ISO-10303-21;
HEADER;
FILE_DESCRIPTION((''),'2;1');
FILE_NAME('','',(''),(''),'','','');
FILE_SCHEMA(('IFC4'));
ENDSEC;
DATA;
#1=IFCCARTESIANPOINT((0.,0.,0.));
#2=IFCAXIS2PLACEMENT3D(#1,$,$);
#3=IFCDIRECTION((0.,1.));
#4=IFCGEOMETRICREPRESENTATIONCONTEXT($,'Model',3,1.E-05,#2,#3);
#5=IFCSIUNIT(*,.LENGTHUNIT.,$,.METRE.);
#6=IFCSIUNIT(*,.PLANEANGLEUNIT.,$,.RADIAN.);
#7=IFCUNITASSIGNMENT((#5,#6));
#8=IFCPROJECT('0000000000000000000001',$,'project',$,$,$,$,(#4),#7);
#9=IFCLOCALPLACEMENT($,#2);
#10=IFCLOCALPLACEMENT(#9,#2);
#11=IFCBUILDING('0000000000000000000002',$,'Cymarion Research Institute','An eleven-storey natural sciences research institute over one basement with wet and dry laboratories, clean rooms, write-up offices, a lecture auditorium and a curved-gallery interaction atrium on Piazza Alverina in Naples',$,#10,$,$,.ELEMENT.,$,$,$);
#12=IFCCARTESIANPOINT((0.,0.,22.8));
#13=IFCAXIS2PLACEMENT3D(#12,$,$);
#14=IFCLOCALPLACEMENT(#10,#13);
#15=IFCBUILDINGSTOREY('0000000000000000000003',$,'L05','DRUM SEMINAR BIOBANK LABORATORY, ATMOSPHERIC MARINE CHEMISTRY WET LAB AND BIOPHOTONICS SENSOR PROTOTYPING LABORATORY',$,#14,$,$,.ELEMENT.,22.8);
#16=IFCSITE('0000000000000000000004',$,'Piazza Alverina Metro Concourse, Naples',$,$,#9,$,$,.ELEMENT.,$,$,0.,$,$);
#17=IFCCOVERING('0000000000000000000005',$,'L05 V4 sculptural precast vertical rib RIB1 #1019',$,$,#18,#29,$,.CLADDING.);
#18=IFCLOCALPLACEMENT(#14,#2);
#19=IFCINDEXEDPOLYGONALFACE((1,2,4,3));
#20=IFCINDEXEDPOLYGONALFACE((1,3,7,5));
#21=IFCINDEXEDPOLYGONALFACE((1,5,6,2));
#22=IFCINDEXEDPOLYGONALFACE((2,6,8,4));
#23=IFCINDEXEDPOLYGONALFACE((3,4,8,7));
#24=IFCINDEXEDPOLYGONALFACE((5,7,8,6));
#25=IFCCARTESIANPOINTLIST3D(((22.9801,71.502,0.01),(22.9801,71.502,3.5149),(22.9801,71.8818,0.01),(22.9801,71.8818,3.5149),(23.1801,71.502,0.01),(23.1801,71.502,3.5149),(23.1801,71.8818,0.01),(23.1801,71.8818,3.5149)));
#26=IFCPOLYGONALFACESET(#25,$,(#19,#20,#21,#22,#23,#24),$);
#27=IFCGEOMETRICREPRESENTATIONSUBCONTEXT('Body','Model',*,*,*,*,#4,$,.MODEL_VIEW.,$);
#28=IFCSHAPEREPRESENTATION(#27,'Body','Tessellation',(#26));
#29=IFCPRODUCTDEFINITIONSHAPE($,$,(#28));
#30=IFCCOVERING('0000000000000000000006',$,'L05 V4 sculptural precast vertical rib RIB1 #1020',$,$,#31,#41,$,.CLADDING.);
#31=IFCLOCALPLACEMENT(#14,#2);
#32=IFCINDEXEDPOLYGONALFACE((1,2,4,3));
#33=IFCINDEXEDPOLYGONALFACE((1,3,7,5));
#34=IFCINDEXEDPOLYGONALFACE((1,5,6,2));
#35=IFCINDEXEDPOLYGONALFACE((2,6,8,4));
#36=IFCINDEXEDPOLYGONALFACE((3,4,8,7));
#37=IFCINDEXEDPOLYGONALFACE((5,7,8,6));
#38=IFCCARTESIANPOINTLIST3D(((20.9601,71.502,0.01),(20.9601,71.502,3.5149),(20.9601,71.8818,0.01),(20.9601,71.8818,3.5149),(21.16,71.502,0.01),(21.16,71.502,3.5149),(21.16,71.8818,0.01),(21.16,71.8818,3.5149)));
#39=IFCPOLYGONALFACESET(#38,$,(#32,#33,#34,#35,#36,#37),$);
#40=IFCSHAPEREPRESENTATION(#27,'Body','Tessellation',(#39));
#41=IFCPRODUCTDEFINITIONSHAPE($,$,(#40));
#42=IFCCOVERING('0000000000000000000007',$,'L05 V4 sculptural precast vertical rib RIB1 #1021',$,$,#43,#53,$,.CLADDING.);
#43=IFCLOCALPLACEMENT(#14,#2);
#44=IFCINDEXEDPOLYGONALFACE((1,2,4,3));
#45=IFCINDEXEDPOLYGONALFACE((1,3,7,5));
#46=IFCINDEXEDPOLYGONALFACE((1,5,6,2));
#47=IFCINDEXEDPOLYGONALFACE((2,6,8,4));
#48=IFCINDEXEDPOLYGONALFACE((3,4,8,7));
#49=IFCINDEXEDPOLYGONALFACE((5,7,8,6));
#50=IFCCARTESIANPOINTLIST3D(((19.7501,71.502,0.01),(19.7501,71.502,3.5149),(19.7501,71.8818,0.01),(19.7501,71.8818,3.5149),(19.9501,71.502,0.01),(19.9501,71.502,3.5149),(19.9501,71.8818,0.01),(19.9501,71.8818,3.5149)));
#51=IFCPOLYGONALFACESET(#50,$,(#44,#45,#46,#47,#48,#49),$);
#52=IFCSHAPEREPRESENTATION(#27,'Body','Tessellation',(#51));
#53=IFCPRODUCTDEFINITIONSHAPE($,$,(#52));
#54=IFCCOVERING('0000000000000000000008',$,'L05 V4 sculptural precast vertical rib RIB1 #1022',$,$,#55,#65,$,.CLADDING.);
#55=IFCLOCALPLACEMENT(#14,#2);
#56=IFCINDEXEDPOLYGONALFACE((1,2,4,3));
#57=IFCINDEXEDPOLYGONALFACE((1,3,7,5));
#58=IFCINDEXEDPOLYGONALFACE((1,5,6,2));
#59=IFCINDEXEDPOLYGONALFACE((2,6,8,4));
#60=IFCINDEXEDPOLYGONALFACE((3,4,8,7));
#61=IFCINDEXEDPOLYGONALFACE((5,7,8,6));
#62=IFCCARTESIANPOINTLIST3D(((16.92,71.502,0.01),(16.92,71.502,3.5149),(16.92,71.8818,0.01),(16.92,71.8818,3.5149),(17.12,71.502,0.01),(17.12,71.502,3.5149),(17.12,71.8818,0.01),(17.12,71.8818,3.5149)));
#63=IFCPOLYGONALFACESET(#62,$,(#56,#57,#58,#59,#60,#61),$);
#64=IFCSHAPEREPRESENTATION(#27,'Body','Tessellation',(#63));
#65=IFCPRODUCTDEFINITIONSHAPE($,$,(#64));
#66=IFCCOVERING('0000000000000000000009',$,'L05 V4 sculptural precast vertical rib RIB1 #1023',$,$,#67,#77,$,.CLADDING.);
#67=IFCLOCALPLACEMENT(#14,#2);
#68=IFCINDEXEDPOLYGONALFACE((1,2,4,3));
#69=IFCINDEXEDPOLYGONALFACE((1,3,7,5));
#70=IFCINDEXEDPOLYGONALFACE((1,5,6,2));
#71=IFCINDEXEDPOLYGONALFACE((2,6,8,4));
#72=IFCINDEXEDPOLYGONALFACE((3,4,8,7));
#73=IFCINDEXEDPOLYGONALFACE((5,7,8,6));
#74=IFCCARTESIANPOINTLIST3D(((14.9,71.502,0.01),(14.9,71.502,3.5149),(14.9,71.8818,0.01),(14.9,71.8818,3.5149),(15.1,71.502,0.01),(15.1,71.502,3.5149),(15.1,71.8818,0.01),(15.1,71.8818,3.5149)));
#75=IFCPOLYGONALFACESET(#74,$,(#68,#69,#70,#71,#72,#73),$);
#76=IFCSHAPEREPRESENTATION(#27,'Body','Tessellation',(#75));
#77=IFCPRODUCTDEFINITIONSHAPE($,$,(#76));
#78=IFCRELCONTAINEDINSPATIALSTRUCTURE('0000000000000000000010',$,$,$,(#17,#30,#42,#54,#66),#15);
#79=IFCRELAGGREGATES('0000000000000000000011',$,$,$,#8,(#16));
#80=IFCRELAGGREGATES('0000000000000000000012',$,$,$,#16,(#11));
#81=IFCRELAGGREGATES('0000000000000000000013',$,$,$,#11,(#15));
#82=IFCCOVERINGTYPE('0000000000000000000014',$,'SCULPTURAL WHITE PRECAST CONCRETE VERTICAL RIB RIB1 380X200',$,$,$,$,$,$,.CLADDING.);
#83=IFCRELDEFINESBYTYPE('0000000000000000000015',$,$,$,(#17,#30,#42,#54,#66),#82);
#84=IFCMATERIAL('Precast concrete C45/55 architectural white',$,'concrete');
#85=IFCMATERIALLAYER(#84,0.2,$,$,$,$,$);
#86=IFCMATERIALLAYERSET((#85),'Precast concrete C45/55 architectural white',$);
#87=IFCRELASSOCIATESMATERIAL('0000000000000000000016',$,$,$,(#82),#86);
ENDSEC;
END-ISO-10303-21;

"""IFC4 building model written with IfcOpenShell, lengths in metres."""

from ifc_helpers import new_model, si_unit, direction, frame, origin, origin_2d, place, context, subcontext, project, spatial, rectangle, extrude, material, layer, layer_set, type_object, element, save


model = new_model("IFC4")

# Units and contexts
model_context = context("Model", 3, precision=1e-05, world=origin(), true_north=direction((0.0, 1.0)))
body_context = subcontext(model_context, "Body", "Model", "MODEL_VIEW")
ifc_project = project(units=[si_unit("LENGTHUNIT", "METRE"), si_unit("PLANEANGLEUNIT", "RADIAN")], contexts=[model_context])

# Site, building, storey
site_placement = place(None, origin())
site = spatial("IfcSite", under=ifc_project, at=site_placement, Name="Piazza Alverina Metro Concourse, Naples", CompositionType="ELEMENT", RefElevation=0.0)
building_placement = place(site_placement, origin())
building = spatial("IfcBuilding", under=site, at=building_placement, Name="Cymarion Research Institute", Description="An eleven-storey natural sciences research institute over one basement with wet and dry laboratories, clean rooms, write-up offices, a lecture auditorium and a curved-gallery interaction atrium on Piazza Alverina in Naples", CompositionType="ELEMENT")
storey_placement = place(building_placement, frame((0.0, 0.0, 22.8)))
storey = spatial("IfcBuildingStorey", under=building, at=storey_placement, Name="L05", Description="DRUM SEMINAR BIOBANK LABORATORY, ATMOSPHERIC MARINE CHEMISTRY WET LAB AND BIOPHOTONICS SENSOR PROTOTYPING LABORATORY", CompositionType="ELEMENT", Elevation=22.8)

# Coverings
ifc_material_1 = material(Name="Precast concrete C45/55 architectural white", Category="concrete")
ifc_layer = layer(ifc_material_1, 0.2)
ifc_layer_set = layer_set([ifc_layer], Name="Precast concrete C45/55 architectural white")
covering_type = type_object("IfcCoveringType", Name="SCULPTURAL WHITE PRECAST CONCRETE VERTICAL RIB RIB1 380X200", PredefinedType="CLADDING", material=ifc_layer_set)
for number, where, z_axis, x_axis, name in (
    (1, (23.0801, 71.6919, 0.01), (0.0, 0.0, 1.0), (0.0, 1.0, 0.0), "L05 V4 sculptural precast vertical rib RIB1 #1019"),
    (2, (21.0601, 71.6919, 0.01), (0.0, 0.0, 1.0), (0.0, 1.0, 0.0), "L05 V4 sculptural precast vertical rib RIB1 #1020"),
    (3, (19.8501, 71.6919, 0.01), (0.0, 0.0, 1.0), (0.0, 1.0, 0.0), "L05 V4 sculptural precast vertical rib RIB1 #1021"),
    (4, (17.02, 71.6919, 0.01), (0.0, 0.0, 1.0), (0.0, 1.0, 0.0), "L05 V4 sculptural precast vertical rib RIB1 #1022"),
    (5, (15.0, 71.6919, 0.01), (0.0, 0.0, 1.0), (0.0, 1.0, 0.0), "L05 V4 sculptural precast vertical rib RIB1 #1023"),
):
    element("IfcCovering", number, at=place(storey_placement, frame(where, z_axis=z_axis, x_axis=x_axis)), inside=storey, type_object=covering_type, Name=name, PredefinedType="CLADDING", context=body_context, shape_type="SweptSolid", body=[
        extrude(rectangle(XDim=0.3799, YDim=0.2, at=origin_2d()), origin(), (0.0, 0.0, 1.0), 3.5049),
    ])

save(model, "model.ifc")
